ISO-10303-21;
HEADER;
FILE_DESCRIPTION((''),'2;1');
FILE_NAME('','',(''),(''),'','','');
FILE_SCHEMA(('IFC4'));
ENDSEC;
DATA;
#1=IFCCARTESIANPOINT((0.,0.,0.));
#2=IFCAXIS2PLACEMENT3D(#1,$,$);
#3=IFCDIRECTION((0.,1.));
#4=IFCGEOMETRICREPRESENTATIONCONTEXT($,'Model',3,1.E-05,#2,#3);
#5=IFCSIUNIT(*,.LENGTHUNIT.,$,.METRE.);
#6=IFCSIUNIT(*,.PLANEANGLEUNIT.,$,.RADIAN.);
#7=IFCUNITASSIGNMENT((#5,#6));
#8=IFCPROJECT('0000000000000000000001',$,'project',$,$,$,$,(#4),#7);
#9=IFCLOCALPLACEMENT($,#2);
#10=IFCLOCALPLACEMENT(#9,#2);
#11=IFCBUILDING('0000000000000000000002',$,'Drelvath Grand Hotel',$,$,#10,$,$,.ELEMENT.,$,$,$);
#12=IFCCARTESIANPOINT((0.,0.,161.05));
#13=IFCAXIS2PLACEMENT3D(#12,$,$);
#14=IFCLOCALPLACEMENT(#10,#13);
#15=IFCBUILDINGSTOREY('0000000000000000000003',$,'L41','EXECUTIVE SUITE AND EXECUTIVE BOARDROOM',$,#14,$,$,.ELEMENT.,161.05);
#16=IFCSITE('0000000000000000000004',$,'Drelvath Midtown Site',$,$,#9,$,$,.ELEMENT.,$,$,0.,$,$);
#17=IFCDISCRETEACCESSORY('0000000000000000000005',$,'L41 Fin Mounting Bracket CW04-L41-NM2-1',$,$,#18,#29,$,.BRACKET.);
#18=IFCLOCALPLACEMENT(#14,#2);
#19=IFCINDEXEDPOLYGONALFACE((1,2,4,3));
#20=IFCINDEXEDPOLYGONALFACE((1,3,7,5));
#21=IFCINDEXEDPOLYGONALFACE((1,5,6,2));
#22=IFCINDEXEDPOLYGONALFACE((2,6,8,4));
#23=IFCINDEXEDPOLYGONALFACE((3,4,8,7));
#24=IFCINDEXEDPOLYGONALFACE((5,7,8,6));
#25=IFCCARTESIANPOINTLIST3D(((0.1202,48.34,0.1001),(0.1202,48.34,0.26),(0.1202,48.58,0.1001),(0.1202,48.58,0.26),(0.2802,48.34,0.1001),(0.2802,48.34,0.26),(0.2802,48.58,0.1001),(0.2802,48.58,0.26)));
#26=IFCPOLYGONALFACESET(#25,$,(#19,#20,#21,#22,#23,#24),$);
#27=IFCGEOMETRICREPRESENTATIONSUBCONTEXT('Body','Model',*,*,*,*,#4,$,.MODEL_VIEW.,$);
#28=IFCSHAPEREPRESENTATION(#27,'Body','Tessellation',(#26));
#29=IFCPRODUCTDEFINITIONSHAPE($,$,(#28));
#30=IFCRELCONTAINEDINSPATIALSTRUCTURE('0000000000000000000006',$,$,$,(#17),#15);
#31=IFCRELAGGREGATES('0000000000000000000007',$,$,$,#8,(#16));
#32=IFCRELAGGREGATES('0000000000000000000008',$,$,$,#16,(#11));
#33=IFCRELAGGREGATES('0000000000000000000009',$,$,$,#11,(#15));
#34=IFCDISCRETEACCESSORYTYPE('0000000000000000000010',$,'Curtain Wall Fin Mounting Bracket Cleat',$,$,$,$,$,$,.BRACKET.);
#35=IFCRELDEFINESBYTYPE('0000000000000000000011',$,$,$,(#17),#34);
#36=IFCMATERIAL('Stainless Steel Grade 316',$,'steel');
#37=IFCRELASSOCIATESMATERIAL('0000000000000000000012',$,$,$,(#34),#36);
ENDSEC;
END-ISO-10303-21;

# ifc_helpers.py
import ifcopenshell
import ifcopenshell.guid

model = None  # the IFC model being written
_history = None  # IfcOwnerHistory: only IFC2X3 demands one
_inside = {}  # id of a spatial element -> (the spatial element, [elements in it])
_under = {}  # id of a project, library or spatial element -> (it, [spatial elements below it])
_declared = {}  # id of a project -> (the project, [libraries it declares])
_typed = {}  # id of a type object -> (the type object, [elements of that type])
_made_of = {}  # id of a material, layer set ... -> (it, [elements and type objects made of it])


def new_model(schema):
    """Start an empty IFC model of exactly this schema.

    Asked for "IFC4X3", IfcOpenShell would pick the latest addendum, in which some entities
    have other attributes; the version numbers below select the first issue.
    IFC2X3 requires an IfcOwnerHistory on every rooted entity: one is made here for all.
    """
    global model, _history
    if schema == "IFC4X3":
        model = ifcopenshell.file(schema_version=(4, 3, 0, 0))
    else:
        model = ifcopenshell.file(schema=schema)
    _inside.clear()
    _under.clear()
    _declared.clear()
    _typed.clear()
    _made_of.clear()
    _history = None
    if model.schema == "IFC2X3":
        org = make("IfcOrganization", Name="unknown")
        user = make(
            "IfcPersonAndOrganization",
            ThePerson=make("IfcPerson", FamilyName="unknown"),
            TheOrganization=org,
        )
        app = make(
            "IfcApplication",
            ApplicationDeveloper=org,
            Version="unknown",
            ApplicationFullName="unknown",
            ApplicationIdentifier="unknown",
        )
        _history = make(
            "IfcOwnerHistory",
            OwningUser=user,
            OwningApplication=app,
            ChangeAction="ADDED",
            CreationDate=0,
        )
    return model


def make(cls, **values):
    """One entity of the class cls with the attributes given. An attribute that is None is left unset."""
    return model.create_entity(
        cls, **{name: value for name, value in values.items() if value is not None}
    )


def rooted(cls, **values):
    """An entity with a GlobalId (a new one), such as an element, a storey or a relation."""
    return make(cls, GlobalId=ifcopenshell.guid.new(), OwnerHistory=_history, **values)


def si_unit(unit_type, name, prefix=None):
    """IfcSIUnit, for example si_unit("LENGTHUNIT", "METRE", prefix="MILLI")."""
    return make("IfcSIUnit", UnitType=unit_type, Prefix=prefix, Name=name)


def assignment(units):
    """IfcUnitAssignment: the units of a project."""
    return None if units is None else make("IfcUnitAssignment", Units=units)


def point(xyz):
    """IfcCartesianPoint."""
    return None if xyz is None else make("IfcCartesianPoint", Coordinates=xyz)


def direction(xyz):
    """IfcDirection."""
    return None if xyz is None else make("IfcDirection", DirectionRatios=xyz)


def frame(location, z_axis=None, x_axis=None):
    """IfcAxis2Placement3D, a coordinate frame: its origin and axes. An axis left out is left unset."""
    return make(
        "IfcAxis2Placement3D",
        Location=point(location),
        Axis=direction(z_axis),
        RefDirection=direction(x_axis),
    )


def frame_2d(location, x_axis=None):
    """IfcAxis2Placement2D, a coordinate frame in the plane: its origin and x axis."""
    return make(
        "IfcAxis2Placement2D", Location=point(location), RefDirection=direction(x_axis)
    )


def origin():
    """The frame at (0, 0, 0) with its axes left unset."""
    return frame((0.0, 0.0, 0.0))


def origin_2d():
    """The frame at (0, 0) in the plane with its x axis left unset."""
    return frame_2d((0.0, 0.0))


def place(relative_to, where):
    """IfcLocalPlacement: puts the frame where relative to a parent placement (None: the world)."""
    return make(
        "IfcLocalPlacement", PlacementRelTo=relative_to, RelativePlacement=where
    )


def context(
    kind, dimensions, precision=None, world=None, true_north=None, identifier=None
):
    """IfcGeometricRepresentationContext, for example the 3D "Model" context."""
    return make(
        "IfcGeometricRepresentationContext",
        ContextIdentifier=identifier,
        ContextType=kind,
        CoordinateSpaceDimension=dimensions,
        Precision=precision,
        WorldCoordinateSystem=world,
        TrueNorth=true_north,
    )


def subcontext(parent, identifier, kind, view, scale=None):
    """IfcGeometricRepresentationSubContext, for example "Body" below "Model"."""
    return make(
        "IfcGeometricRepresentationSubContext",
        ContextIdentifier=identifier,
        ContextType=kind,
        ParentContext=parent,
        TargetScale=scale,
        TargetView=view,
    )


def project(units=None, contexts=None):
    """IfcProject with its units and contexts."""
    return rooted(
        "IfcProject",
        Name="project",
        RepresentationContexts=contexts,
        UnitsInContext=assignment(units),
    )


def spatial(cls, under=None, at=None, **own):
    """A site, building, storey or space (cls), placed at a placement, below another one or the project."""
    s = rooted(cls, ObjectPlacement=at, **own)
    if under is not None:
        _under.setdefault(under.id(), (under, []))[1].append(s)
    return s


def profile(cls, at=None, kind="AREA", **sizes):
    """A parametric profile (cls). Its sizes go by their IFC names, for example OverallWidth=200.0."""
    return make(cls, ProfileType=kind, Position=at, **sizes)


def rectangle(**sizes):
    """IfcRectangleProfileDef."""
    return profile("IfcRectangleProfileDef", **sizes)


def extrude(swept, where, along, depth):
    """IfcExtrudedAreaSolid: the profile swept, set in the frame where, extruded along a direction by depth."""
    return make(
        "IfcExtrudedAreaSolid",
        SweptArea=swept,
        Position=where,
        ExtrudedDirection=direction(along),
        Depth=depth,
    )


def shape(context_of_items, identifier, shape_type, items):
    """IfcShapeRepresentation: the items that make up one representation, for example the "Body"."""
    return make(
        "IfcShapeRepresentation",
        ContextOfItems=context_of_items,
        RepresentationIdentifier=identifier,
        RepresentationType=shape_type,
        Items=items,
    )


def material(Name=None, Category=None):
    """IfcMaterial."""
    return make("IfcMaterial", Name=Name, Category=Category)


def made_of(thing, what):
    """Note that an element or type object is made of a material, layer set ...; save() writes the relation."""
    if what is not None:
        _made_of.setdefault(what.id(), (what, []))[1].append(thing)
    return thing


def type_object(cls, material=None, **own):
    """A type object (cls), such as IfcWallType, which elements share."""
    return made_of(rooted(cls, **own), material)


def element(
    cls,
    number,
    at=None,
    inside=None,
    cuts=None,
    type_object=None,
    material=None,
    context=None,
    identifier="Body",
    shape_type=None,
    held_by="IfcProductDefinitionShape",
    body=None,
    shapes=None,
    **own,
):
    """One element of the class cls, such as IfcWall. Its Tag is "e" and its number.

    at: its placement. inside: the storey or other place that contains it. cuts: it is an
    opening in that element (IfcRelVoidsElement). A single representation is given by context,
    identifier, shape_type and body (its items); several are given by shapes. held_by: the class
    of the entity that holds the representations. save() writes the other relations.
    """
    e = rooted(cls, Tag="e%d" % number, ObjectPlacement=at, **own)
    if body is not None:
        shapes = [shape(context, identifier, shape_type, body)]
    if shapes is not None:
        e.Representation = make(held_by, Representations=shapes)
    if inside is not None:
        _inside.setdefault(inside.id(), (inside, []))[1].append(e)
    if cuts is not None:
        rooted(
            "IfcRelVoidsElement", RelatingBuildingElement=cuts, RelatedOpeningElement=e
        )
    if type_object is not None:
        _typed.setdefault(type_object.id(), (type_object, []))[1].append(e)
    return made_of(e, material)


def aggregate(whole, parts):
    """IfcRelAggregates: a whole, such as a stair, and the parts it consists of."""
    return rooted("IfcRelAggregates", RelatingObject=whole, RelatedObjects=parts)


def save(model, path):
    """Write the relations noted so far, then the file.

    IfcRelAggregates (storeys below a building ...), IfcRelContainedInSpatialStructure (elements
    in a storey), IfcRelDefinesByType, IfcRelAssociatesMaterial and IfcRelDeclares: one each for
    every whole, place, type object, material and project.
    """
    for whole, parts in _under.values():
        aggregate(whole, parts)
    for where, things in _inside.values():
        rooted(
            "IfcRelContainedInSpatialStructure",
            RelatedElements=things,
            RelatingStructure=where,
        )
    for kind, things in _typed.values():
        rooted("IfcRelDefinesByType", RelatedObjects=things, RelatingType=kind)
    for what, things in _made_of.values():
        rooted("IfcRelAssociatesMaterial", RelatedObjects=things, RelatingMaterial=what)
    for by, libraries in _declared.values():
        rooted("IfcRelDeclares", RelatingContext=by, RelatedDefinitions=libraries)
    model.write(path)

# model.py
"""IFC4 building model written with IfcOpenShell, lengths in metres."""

from ifc_helpers import new_model, si_unit, direction, frame, origin, origin_2d, place, context, subcontext, project, spatial, rectangle, extrude, material, type_object, element, save


model = new_model("IFC4")

# Units and contexts
model_context = context("Model", 3, precision=1e-05, world=origin(), true_north=direction((0.0, 1.0)))
body_context = subcontext(model_context, "Body", "Model", "MODEL_VIEW")
ifc_project = project(units=[si_unit("LENGTHUNIT", "METRE"), si_unit("PLANEANGLEUNIT", "RADIAN")], contexts=[model_context])

# Site, building, storey
site_placement = place(None, origin())
site = spatial("IfcSite", under=ifc_project, at=site_placement, Name="Drelvath Midtown Site", CompositionType="ELEMENT", RefElevation=0.0)
building_placement = place(site_placement, origin())
building = spatial("IfcBuilding", under=site, at=building_placement, Name="Drelvath Grand Hotel", CompositionType="ELEMENT")
storey_placement = place(building_placement, frame((0.0, 0.0, 161.05)))
storey = spatial("IfcBuildingStorey", under=building, at=storey_placement, Name="L41", Description="EXECUTIVE SUITE AND EXECUTIVE BOARDROOM", CompositionType="ELEMENT", Elevation=161.05)

# Discrete accessory
ifc_material_1 = material(Name="Stainless Steel Grade 316", Category="steel")
discrete_accessory_type = type_object("IfcDiscreteAccessoryType", Name="Curtain Wall Fin Mounting Bracket Cleat", PredefinedType="BRACKET", material=ifc_material_1)
discrete_accessory_placement = place(storey_placement, frame((0.2002, 48.46, 0.1001), z_axis=(0.0, 0.0, 1.0), x_axis=(1.0, 0.0, 0.0)))
element("IfcDiscreteAccessory", 1, at=discrete_accessory_placement, inside=storey, type_object=discrete_accessory_type, Name="L41 Fin Mounting Bracket CW04-L41-NM2-1", PredefinedType="BRACKET", context=body_context, shape_type="SweptSolid", body=[
    extrude(rectangle(XDim=0.1599, YDim=0.24, at=origin_2d()), origin(), (0.0, 0.0, 1.0), 0.1599),
])

save(model, "model.ifc")
